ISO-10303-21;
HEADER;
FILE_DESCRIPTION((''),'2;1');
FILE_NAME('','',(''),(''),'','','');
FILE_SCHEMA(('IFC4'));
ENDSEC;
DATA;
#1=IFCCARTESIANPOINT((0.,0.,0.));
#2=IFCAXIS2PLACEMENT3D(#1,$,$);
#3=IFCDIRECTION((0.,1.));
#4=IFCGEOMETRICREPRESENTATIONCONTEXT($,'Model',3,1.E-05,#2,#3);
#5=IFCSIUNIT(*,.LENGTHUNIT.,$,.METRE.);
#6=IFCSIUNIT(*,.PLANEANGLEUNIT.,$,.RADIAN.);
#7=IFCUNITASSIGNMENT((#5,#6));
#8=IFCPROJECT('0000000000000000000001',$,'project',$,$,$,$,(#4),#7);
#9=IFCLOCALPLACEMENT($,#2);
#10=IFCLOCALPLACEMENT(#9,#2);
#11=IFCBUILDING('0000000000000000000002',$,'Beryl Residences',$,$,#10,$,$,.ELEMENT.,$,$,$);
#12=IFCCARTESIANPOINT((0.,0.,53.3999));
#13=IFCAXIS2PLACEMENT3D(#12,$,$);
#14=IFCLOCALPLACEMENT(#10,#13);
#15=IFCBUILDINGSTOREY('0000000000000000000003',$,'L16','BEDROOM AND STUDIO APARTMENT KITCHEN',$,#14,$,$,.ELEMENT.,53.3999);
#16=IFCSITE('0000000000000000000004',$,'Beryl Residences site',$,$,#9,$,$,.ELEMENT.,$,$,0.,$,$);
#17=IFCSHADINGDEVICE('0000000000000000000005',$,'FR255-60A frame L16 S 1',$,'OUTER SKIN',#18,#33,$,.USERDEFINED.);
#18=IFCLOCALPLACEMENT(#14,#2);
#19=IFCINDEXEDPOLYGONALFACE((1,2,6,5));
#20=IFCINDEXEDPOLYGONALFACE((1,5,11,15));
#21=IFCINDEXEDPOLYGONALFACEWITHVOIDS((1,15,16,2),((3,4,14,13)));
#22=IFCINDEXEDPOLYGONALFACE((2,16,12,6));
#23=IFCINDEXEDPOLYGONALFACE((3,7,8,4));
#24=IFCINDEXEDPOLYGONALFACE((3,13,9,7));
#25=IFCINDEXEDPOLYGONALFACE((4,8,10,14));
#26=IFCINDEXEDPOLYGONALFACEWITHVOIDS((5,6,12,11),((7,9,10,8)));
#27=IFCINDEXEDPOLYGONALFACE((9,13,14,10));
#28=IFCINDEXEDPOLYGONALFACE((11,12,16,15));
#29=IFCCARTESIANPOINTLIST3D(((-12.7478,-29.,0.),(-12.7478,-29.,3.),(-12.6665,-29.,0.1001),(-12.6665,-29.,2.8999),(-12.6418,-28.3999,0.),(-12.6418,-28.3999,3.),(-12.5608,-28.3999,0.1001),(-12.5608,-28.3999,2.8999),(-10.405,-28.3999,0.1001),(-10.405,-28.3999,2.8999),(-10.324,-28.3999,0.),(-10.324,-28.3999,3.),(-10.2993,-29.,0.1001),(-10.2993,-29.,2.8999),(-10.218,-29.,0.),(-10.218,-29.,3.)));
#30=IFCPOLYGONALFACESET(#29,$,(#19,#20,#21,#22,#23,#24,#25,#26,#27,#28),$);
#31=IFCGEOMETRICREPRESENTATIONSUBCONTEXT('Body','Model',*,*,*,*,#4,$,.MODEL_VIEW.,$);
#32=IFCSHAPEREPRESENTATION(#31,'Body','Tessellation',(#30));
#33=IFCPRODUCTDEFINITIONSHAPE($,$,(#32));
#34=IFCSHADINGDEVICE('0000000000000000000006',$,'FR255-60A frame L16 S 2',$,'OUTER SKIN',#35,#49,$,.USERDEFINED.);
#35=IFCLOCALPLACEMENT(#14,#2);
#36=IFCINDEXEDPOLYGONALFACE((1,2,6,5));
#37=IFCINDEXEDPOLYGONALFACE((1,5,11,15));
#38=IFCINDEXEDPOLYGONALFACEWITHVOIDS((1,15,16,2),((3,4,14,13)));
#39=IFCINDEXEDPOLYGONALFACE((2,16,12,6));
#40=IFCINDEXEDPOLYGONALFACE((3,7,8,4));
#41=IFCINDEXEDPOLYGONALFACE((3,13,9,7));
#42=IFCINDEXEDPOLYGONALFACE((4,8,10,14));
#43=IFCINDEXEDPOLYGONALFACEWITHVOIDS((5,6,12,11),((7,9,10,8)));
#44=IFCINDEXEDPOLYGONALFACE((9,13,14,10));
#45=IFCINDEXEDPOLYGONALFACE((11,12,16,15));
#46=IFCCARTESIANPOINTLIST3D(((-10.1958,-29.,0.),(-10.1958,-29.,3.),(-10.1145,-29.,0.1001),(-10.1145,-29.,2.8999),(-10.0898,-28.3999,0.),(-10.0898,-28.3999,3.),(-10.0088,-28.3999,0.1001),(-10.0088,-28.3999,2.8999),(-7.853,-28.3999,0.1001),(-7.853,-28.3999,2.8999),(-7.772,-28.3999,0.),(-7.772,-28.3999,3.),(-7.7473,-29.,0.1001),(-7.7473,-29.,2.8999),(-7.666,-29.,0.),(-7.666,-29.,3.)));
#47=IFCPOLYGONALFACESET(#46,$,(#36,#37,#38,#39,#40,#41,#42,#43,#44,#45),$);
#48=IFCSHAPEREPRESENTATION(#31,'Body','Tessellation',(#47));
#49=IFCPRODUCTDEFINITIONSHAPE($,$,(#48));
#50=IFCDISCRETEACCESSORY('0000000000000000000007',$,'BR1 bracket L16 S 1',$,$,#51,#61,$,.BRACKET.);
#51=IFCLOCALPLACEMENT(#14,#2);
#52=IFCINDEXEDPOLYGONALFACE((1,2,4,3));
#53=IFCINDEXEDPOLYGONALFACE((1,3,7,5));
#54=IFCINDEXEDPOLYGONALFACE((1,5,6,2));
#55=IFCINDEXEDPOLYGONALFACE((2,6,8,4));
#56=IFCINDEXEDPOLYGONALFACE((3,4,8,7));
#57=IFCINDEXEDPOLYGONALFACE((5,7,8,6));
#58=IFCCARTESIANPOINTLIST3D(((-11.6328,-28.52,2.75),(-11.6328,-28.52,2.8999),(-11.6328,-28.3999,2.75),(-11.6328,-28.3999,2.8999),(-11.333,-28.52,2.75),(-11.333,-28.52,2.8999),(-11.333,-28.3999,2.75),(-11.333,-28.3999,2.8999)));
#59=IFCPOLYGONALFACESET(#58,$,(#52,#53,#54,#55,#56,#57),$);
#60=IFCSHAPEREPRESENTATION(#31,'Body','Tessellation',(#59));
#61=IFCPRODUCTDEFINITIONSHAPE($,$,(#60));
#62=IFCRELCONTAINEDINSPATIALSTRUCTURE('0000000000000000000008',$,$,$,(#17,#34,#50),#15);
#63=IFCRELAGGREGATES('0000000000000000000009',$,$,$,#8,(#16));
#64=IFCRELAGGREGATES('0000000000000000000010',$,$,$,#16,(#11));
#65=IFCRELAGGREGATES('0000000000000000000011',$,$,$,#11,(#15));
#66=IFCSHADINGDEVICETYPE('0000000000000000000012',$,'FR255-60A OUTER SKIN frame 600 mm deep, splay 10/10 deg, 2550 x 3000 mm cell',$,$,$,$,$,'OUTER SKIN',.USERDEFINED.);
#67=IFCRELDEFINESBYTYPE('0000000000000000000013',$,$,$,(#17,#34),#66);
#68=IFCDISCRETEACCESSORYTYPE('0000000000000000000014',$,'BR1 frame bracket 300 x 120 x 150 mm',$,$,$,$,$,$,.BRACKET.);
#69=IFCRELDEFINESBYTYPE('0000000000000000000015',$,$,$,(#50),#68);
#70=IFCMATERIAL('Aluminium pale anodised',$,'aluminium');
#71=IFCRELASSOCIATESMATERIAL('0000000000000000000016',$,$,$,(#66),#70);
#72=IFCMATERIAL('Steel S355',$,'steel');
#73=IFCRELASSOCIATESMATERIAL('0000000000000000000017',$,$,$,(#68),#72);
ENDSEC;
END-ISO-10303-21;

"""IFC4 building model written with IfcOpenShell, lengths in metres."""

from ifc_helpers import new_model, entity, si_unit, direction, frame, origin, place, context, subcontext, project, spatial, polyline, outline, extrude, source, transform, mapped, material, type_object, type_shapes, element, save


model = new_model("IFC4")

# Units and contexts
model_context = context("Model", 3, precision=1e-05, world=origin(), true_north=direction((0.0, 1.0)))
body_context = subcontext(model_context, "Body", "Model", "MODEL_VIEW")
ifc_project = project(units=[si_unit("LENGTHUNIT", "METRE"), si_unit("PLANEANGLEUNIT", "RADIAN")], contexts=[model_context])

# Site, building, storey
site_placement = place(None, origin())
site = spatial("IfcSite", under=ifc_project, at=site_placement, Name="Beryl Residences site", CompositionType="ELEMENT", RefElevation=0.0)
building_placement = place(site_placement, origin())
building = spatial("IfcBuilding", under=site, at=building_placement, Name="Beryl Residences", CompositionType="ELEMENT")
storey_placement = place(building_placement, frame((0.0, 0.0, 53.3999)))
storey = spatial("IfcBuildingStorey", under=building, at=storey_placement, Name="L16", Description="BEDROOM AND STUDIO APARTMENT KITCHEN", CompositionType="ELEMENT", Elevation=53.3999)

# Shading devices
ifc_material_1 = material(Name="Aluminium pale anodised", Category="aluminium")
shading_device_type_1 = type_object("IfcShadingDeviceType", Name="FR255-60A OUTER SKIN frame 600 mm deep, splay 10/10 deg, 2550 x 3000 mm cell", ElementType="OUTER SKIN", PredefinedType="USERDEFINED", material=ifc_material_1)
cartesian_point_1 = entity("IfcCartesianPoint", [-1.1589, 0.0])
cartesian_point_2 = entity("IfcCartesianPoint", [-1.0779, 0.1001])
cartesian_point_3 = entity("IfcCartesianPoint", [-1.2649, 0.0])
cartesian_point_4 = entity("IfcCartesianPoint", [-1.1836, 0.1001])
shared_shape_1 = source(origin(), body_context, "Body", "SweptSolid", [
    entity("IfcExtrudedAreaSolidTapered", entity("IfcArbitraryProfileDefWithVoids", "AREA", None, entity("IfcPolyline", [cartesian_point_1, entity("IfcCartesianPoint", [1.1589, 0.0]), entity("IfcCartesianPoint", [1.1589, 3.0]), entity("IfcCartesianPoint", [-1.1589, 3.0]), cartesian_point_1]), [entity("IfcPolyline", [cartesian_point_2, entity("IfcCartesianPoint", [1.0779, 0.1001]), entity("IfcCartesianPoint", [1.0779, 2.8999]), entity("IfcCartesianPoint", [-1.0779, 2.8999]), cartesian_point_2])]), entity("IfcAxis2Placement3D", entity("IfcCartesianPoint", [0.0, 0.0, 0.0]), entity("IfcDirection", [0.0, 1.0, 0.0]), entity("IfcDirection", [-1.0, 0.0, 0.0])), entity("IfcDirection", [0.0, 0.0, 1.0]), 0.6001, entity("IfcArbitraryProfileDefWithVoids", "AREA", None, entity("IfcPolyline", [cartesian_point_3, entity("IfcCartesianPoint", [1.2649, 0.0]), entity("IfcCartesianPoint", [1.2649, 3.0]), entity("IfcCartesianPoint", [-1.2649, 3.0]), cartesian_point_3]), [entity("IfcPolyline", [cartesian_point_4, entity("IfcCartesianPoint", [1.1836, 0.1001]), entity("IfcCartesianPoint", [1.1836, 2.8999]), entity("IfcCartesianPoint", [-1.1836, 2.8999]), cartesian_point_4])])),
])
type_shapes(shading_device_type_1, [shared_shape_1])
for number, where, z_axis, x_axis, name in (
    (1, (-11.4829, -28.3999, 0.0), (0.0, 0.0, 1.0), (-1.0, 0.0, 0.0), "FR255-60A frame L16 S 1"),
    (2, (-8.9309, -28.3999, 0.0), (0.0, 0.0, 1.0), (-1.0, 0.0, 0.0), "FR255-60A frame L16 S 2"),
):
    element("IfcShadingDevice", number, at=place(storey_placement, frame(where, z_axis=z_axis, x_axis=x_axis)), inside=storey, type_object=shading_device_type_1, Name=name, ObjectType="OUTER SKIN", PredefinedType="USERDEFINED", context=body_context, shape_type="MappedRepresentation", body=[
        mapped(shared_shape_1, transform((0.0, 0.0, 0.0))),
    ])

# Discrete accessory
ifc_material_2 = material(Name="Steel S355", Category="steel")
discrete_accessory_type = type_object("IfcDiscreteAccessoryType", Name="BR1 frame bracket 300 x 120 x 150 mm", PredefinedType="BRACKET", material=ifc_material_2)
shared_shape_2 = source(origin(), body_context, "Body", "SweptSolid", [
    extrude(outline(polyline([(-0.1499, 0.0), (0.1499, 0.0), (0.1499, 0.1201), (-0.1499, 0.1201), (-0.1499, 0.0)])), origin(), (0.0, 0.0, 1.0), 0.1499),
])
type_shapes(discrete_accessory_type, [shared_shape_2])
discrete_accessory_placement = place(storey_placement, frame((-11.4829, -28.3999, 2.75), z_axis=(0.0, 0.0, 1.0), x_axis=(-1.0, 0.0, 0.0)))
element("IfcDiscreteAccessory", 3, at=discrete_accessory_placement, inside=storey, type_object=discrete_accessory_type, Name="BR1 bracket L16 S 1", PredefinedType="BRACKET", context=body_context, shape_type="MappedRepresentation", body=[
    mapped(shared_shape_2, transform((0.0, 0.0, 0.0))),
])

save(model, "model.ifc")
